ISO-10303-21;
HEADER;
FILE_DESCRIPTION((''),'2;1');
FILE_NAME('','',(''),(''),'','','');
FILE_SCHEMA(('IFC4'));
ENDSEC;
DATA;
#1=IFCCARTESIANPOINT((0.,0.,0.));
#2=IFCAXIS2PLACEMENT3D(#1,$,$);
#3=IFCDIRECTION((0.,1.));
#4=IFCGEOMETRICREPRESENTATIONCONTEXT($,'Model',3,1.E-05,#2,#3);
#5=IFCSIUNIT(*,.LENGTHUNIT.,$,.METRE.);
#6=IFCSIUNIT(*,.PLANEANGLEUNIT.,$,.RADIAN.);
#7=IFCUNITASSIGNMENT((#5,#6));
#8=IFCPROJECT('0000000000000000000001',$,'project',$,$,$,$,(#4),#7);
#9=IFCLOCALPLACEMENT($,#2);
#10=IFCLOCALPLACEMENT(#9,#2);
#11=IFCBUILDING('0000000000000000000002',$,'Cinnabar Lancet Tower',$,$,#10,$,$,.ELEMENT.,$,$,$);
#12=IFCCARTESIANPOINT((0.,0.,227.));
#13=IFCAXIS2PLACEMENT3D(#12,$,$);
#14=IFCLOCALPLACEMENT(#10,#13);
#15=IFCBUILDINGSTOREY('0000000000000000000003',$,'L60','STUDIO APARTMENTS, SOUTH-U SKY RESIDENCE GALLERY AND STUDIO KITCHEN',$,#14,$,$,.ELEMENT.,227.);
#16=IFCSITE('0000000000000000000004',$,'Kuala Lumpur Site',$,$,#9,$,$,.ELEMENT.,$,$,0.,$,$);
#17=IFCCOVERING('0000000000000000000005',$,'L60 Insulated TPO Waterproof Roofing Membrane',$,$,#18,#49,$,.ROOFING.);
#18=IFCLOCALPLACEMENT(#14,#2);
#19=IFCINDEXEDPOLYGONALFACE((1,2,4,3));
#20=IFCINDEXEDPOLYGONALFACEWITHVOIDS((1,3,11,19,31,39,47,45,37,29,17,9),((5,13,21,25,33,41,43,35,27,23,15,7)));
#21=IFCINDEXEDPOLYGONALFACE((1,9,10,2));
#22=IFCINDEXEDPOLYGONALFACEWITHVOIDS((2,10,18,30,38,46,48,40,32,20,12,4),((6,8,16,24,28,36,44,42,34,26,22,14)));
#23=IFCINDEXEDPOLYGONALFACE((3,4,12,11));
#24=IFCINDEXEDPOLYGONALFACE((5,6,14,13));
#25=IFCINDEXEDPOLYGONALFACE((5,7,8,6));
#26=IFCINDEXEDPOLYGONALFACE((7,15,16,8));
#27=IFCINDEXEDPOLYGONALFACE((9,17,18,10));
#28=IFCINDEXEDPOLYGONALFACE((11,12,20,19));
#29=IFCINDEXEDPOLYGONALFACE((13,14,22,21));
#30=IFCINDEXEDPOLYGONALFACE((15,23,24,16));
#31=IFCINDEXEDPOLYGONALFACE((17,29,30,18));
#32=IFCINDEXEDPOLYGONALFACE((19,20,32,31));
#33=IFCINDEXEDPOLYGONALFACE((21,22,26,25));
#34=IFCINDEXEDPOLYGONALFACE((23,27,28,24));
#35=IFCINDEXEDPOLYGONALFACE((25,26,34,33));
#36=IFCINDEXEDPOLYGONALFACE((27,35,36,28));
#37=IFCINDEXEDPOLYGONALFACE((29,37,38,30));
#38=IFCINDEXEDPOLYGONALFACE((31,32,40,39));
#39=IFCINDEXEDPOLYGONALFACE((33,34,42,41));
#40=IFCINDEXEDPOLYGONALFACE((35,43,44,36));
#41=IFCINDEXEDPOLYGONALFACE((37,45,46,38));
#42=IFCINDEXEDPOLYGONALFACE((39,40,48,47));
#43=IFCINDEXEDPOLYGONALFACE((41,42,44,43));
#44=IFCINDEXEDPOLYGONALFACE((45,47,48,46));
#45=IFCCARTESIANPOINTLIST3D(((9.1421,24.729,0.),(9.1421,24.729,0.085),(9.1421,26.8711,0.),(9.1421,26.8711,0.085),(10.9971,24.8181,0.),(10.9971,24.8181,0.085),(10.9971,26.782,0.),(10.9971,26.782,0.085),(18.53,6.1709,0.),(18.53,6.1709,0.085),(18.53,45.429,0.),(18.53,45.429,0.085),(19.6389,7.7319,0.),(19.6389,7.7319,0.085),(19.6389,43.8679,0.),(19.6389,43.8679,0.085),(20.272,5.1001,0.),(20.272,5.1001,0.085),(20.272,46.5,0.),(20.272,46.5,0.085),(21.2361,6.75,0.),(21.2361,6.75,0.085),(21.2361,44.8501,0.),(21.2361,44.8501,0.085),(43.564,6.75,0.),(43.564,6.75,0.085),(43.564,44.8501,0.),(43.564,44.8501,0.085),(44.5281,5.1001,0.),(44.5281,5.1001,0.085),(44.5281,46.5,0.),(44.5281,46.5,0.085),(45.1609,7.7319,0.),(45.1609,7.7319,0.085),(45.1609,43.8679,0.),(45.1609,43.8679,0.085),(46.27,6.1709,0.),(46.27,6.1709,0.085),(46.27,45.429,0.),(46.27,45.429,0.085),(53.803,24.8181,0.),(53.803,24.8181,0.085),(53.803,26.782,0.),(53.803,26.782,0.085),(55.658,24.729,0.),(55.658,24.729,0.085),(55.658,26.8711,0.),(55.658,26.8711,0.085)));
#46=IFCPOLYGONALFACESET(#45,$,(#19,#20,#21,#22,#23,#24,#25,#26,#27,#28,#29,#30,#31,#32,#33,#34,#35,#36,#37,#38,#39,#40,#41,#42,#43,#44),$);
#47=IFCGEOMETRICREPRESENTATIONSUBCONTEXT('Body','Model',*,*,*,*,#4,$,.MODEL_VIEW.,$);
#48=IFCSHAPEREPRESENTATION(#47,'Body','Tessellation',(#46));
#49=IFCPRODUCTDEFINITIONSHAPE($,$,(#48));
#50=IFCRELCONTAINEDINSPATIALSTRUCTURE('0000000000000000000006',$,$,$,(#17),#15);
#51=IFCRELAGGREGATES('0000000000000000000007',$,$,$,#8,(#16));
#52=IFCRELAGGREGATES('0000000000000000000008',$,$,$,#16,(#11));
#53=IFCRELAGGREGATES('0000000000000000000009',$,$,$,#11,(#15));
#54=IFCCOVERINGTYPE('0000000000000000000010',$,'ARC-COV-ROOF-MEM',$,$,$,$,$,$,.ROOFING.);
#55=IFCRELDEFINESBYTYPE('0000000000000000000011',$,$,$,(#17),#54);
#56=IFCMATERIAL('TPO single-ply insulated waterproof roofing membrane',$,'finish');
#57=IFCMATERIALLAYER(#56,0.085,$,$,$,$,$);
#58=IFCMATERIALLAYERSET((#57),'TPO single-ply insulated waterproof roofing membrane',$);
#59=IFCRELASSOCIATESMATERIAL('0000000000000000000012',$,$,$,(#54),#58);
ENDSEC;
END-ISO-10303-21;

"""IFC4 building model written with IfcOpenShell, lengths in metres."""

from ifc_helpers import new_model, si_unit, direction, frame, origin, place, context, subcontext, project, spatial, polyline, outline, extrude, material, layer, layer_set, type_object, element, save


model = new_model("IFC4")

# Units and contexts
model_context = context("Model", 3, precision=1e-05, world=origin(), true_north=direction((0.0, 1.0)))
body_context = subcontext(model_context, "Body", "Model", "MODEL_VIEW")
ifc_project = project(units=[si_unit("LENGTHUNIT", "METRE"), si_unit("PLANEANGLEUNIT", "RADIAN")], contexts=[model_context])

# Site, building, storey
site_placement = place(None, origin())
site = spatial("IfcSite", under=ifc_project, at=site_placement, Name="Kuala Lumpur Site", CompositionType="ELEMENT", RefElevation=0.0)
building_placement = place(site_placement, origin())
building = spatial("IfcBuilding", under=site, at=building_placement, Name="Cinnabar Lancet Tower", CompositionType="ELEMENT")
storey_placement = place(building_placement, frame((0.0, 0.0, 227.0)))
storey = spatial("IfcBuildingStorey", under=building, at=storey_placement, Name="L60", Description="STUDIO APARTMENTS, SOUTH-U SKY RESIDENCE GALLERY AND STUDIO KITCHEN", CompositionType="ELEMENT", Elevation=227.0)

# Covering
ifc_material_1 = material(Name="TPO single-ply insulated waterproof roofing membrane", Category="finish")
ifc_layer_1 = layer(ifc_material_1, 0.085)
ifc_layer_set_1 = layer_set([ifc_layer_1], Name="TPO single-ply insulated waterproof roofing membrane")
covering_type = type_object("IfcCoveringType", Name="ARC-COV-ROOF-MEM", PredefinedType="ROOFING", material=ifc_layer_set_1)
covering_placement = place(storey_placement, origin())
element("IfcCovering", 1, at=covering_placement, inside=storey, type_object=covering_type, Name="L60 Insulated TPO Waterproof Roofing Membrane", PredefinedType="ROOFING", context=body_context, shape_type="SweptSolid", body=[
    extrude(outline(polyline([(18.53, 6.1709), (20.272, 5.1001), (44.5281, 5.1001), (46.27, 6.1709), (55.658, 24.729), (55.658, 26.8711), (46.27, 45.429), (44.5281, 46.5), (20.272, 46.5), (18.53, 45.429), (9.1421, 26.8711), (9.1421, 24.729), (18.53, 6.1709)]), holes=[polyline([(19.6389, 7.7319), (21.2361, 6.75), (43.564, 6.75), (45.1609, 7.7319), (53.803, 24.8181), (53.803, 26.782), (45.1609, 43.8679), (43.564, 44.8501), (21.2361, 44.8501), (19.6389, 43.8679), (10.9971, 26.782), (10.9971, 24.8181), (19.6389, 7.7319)])]), origin(), (0.0, 0.0, 1.0), 0.085),
])

save(model, "model.ifc")
